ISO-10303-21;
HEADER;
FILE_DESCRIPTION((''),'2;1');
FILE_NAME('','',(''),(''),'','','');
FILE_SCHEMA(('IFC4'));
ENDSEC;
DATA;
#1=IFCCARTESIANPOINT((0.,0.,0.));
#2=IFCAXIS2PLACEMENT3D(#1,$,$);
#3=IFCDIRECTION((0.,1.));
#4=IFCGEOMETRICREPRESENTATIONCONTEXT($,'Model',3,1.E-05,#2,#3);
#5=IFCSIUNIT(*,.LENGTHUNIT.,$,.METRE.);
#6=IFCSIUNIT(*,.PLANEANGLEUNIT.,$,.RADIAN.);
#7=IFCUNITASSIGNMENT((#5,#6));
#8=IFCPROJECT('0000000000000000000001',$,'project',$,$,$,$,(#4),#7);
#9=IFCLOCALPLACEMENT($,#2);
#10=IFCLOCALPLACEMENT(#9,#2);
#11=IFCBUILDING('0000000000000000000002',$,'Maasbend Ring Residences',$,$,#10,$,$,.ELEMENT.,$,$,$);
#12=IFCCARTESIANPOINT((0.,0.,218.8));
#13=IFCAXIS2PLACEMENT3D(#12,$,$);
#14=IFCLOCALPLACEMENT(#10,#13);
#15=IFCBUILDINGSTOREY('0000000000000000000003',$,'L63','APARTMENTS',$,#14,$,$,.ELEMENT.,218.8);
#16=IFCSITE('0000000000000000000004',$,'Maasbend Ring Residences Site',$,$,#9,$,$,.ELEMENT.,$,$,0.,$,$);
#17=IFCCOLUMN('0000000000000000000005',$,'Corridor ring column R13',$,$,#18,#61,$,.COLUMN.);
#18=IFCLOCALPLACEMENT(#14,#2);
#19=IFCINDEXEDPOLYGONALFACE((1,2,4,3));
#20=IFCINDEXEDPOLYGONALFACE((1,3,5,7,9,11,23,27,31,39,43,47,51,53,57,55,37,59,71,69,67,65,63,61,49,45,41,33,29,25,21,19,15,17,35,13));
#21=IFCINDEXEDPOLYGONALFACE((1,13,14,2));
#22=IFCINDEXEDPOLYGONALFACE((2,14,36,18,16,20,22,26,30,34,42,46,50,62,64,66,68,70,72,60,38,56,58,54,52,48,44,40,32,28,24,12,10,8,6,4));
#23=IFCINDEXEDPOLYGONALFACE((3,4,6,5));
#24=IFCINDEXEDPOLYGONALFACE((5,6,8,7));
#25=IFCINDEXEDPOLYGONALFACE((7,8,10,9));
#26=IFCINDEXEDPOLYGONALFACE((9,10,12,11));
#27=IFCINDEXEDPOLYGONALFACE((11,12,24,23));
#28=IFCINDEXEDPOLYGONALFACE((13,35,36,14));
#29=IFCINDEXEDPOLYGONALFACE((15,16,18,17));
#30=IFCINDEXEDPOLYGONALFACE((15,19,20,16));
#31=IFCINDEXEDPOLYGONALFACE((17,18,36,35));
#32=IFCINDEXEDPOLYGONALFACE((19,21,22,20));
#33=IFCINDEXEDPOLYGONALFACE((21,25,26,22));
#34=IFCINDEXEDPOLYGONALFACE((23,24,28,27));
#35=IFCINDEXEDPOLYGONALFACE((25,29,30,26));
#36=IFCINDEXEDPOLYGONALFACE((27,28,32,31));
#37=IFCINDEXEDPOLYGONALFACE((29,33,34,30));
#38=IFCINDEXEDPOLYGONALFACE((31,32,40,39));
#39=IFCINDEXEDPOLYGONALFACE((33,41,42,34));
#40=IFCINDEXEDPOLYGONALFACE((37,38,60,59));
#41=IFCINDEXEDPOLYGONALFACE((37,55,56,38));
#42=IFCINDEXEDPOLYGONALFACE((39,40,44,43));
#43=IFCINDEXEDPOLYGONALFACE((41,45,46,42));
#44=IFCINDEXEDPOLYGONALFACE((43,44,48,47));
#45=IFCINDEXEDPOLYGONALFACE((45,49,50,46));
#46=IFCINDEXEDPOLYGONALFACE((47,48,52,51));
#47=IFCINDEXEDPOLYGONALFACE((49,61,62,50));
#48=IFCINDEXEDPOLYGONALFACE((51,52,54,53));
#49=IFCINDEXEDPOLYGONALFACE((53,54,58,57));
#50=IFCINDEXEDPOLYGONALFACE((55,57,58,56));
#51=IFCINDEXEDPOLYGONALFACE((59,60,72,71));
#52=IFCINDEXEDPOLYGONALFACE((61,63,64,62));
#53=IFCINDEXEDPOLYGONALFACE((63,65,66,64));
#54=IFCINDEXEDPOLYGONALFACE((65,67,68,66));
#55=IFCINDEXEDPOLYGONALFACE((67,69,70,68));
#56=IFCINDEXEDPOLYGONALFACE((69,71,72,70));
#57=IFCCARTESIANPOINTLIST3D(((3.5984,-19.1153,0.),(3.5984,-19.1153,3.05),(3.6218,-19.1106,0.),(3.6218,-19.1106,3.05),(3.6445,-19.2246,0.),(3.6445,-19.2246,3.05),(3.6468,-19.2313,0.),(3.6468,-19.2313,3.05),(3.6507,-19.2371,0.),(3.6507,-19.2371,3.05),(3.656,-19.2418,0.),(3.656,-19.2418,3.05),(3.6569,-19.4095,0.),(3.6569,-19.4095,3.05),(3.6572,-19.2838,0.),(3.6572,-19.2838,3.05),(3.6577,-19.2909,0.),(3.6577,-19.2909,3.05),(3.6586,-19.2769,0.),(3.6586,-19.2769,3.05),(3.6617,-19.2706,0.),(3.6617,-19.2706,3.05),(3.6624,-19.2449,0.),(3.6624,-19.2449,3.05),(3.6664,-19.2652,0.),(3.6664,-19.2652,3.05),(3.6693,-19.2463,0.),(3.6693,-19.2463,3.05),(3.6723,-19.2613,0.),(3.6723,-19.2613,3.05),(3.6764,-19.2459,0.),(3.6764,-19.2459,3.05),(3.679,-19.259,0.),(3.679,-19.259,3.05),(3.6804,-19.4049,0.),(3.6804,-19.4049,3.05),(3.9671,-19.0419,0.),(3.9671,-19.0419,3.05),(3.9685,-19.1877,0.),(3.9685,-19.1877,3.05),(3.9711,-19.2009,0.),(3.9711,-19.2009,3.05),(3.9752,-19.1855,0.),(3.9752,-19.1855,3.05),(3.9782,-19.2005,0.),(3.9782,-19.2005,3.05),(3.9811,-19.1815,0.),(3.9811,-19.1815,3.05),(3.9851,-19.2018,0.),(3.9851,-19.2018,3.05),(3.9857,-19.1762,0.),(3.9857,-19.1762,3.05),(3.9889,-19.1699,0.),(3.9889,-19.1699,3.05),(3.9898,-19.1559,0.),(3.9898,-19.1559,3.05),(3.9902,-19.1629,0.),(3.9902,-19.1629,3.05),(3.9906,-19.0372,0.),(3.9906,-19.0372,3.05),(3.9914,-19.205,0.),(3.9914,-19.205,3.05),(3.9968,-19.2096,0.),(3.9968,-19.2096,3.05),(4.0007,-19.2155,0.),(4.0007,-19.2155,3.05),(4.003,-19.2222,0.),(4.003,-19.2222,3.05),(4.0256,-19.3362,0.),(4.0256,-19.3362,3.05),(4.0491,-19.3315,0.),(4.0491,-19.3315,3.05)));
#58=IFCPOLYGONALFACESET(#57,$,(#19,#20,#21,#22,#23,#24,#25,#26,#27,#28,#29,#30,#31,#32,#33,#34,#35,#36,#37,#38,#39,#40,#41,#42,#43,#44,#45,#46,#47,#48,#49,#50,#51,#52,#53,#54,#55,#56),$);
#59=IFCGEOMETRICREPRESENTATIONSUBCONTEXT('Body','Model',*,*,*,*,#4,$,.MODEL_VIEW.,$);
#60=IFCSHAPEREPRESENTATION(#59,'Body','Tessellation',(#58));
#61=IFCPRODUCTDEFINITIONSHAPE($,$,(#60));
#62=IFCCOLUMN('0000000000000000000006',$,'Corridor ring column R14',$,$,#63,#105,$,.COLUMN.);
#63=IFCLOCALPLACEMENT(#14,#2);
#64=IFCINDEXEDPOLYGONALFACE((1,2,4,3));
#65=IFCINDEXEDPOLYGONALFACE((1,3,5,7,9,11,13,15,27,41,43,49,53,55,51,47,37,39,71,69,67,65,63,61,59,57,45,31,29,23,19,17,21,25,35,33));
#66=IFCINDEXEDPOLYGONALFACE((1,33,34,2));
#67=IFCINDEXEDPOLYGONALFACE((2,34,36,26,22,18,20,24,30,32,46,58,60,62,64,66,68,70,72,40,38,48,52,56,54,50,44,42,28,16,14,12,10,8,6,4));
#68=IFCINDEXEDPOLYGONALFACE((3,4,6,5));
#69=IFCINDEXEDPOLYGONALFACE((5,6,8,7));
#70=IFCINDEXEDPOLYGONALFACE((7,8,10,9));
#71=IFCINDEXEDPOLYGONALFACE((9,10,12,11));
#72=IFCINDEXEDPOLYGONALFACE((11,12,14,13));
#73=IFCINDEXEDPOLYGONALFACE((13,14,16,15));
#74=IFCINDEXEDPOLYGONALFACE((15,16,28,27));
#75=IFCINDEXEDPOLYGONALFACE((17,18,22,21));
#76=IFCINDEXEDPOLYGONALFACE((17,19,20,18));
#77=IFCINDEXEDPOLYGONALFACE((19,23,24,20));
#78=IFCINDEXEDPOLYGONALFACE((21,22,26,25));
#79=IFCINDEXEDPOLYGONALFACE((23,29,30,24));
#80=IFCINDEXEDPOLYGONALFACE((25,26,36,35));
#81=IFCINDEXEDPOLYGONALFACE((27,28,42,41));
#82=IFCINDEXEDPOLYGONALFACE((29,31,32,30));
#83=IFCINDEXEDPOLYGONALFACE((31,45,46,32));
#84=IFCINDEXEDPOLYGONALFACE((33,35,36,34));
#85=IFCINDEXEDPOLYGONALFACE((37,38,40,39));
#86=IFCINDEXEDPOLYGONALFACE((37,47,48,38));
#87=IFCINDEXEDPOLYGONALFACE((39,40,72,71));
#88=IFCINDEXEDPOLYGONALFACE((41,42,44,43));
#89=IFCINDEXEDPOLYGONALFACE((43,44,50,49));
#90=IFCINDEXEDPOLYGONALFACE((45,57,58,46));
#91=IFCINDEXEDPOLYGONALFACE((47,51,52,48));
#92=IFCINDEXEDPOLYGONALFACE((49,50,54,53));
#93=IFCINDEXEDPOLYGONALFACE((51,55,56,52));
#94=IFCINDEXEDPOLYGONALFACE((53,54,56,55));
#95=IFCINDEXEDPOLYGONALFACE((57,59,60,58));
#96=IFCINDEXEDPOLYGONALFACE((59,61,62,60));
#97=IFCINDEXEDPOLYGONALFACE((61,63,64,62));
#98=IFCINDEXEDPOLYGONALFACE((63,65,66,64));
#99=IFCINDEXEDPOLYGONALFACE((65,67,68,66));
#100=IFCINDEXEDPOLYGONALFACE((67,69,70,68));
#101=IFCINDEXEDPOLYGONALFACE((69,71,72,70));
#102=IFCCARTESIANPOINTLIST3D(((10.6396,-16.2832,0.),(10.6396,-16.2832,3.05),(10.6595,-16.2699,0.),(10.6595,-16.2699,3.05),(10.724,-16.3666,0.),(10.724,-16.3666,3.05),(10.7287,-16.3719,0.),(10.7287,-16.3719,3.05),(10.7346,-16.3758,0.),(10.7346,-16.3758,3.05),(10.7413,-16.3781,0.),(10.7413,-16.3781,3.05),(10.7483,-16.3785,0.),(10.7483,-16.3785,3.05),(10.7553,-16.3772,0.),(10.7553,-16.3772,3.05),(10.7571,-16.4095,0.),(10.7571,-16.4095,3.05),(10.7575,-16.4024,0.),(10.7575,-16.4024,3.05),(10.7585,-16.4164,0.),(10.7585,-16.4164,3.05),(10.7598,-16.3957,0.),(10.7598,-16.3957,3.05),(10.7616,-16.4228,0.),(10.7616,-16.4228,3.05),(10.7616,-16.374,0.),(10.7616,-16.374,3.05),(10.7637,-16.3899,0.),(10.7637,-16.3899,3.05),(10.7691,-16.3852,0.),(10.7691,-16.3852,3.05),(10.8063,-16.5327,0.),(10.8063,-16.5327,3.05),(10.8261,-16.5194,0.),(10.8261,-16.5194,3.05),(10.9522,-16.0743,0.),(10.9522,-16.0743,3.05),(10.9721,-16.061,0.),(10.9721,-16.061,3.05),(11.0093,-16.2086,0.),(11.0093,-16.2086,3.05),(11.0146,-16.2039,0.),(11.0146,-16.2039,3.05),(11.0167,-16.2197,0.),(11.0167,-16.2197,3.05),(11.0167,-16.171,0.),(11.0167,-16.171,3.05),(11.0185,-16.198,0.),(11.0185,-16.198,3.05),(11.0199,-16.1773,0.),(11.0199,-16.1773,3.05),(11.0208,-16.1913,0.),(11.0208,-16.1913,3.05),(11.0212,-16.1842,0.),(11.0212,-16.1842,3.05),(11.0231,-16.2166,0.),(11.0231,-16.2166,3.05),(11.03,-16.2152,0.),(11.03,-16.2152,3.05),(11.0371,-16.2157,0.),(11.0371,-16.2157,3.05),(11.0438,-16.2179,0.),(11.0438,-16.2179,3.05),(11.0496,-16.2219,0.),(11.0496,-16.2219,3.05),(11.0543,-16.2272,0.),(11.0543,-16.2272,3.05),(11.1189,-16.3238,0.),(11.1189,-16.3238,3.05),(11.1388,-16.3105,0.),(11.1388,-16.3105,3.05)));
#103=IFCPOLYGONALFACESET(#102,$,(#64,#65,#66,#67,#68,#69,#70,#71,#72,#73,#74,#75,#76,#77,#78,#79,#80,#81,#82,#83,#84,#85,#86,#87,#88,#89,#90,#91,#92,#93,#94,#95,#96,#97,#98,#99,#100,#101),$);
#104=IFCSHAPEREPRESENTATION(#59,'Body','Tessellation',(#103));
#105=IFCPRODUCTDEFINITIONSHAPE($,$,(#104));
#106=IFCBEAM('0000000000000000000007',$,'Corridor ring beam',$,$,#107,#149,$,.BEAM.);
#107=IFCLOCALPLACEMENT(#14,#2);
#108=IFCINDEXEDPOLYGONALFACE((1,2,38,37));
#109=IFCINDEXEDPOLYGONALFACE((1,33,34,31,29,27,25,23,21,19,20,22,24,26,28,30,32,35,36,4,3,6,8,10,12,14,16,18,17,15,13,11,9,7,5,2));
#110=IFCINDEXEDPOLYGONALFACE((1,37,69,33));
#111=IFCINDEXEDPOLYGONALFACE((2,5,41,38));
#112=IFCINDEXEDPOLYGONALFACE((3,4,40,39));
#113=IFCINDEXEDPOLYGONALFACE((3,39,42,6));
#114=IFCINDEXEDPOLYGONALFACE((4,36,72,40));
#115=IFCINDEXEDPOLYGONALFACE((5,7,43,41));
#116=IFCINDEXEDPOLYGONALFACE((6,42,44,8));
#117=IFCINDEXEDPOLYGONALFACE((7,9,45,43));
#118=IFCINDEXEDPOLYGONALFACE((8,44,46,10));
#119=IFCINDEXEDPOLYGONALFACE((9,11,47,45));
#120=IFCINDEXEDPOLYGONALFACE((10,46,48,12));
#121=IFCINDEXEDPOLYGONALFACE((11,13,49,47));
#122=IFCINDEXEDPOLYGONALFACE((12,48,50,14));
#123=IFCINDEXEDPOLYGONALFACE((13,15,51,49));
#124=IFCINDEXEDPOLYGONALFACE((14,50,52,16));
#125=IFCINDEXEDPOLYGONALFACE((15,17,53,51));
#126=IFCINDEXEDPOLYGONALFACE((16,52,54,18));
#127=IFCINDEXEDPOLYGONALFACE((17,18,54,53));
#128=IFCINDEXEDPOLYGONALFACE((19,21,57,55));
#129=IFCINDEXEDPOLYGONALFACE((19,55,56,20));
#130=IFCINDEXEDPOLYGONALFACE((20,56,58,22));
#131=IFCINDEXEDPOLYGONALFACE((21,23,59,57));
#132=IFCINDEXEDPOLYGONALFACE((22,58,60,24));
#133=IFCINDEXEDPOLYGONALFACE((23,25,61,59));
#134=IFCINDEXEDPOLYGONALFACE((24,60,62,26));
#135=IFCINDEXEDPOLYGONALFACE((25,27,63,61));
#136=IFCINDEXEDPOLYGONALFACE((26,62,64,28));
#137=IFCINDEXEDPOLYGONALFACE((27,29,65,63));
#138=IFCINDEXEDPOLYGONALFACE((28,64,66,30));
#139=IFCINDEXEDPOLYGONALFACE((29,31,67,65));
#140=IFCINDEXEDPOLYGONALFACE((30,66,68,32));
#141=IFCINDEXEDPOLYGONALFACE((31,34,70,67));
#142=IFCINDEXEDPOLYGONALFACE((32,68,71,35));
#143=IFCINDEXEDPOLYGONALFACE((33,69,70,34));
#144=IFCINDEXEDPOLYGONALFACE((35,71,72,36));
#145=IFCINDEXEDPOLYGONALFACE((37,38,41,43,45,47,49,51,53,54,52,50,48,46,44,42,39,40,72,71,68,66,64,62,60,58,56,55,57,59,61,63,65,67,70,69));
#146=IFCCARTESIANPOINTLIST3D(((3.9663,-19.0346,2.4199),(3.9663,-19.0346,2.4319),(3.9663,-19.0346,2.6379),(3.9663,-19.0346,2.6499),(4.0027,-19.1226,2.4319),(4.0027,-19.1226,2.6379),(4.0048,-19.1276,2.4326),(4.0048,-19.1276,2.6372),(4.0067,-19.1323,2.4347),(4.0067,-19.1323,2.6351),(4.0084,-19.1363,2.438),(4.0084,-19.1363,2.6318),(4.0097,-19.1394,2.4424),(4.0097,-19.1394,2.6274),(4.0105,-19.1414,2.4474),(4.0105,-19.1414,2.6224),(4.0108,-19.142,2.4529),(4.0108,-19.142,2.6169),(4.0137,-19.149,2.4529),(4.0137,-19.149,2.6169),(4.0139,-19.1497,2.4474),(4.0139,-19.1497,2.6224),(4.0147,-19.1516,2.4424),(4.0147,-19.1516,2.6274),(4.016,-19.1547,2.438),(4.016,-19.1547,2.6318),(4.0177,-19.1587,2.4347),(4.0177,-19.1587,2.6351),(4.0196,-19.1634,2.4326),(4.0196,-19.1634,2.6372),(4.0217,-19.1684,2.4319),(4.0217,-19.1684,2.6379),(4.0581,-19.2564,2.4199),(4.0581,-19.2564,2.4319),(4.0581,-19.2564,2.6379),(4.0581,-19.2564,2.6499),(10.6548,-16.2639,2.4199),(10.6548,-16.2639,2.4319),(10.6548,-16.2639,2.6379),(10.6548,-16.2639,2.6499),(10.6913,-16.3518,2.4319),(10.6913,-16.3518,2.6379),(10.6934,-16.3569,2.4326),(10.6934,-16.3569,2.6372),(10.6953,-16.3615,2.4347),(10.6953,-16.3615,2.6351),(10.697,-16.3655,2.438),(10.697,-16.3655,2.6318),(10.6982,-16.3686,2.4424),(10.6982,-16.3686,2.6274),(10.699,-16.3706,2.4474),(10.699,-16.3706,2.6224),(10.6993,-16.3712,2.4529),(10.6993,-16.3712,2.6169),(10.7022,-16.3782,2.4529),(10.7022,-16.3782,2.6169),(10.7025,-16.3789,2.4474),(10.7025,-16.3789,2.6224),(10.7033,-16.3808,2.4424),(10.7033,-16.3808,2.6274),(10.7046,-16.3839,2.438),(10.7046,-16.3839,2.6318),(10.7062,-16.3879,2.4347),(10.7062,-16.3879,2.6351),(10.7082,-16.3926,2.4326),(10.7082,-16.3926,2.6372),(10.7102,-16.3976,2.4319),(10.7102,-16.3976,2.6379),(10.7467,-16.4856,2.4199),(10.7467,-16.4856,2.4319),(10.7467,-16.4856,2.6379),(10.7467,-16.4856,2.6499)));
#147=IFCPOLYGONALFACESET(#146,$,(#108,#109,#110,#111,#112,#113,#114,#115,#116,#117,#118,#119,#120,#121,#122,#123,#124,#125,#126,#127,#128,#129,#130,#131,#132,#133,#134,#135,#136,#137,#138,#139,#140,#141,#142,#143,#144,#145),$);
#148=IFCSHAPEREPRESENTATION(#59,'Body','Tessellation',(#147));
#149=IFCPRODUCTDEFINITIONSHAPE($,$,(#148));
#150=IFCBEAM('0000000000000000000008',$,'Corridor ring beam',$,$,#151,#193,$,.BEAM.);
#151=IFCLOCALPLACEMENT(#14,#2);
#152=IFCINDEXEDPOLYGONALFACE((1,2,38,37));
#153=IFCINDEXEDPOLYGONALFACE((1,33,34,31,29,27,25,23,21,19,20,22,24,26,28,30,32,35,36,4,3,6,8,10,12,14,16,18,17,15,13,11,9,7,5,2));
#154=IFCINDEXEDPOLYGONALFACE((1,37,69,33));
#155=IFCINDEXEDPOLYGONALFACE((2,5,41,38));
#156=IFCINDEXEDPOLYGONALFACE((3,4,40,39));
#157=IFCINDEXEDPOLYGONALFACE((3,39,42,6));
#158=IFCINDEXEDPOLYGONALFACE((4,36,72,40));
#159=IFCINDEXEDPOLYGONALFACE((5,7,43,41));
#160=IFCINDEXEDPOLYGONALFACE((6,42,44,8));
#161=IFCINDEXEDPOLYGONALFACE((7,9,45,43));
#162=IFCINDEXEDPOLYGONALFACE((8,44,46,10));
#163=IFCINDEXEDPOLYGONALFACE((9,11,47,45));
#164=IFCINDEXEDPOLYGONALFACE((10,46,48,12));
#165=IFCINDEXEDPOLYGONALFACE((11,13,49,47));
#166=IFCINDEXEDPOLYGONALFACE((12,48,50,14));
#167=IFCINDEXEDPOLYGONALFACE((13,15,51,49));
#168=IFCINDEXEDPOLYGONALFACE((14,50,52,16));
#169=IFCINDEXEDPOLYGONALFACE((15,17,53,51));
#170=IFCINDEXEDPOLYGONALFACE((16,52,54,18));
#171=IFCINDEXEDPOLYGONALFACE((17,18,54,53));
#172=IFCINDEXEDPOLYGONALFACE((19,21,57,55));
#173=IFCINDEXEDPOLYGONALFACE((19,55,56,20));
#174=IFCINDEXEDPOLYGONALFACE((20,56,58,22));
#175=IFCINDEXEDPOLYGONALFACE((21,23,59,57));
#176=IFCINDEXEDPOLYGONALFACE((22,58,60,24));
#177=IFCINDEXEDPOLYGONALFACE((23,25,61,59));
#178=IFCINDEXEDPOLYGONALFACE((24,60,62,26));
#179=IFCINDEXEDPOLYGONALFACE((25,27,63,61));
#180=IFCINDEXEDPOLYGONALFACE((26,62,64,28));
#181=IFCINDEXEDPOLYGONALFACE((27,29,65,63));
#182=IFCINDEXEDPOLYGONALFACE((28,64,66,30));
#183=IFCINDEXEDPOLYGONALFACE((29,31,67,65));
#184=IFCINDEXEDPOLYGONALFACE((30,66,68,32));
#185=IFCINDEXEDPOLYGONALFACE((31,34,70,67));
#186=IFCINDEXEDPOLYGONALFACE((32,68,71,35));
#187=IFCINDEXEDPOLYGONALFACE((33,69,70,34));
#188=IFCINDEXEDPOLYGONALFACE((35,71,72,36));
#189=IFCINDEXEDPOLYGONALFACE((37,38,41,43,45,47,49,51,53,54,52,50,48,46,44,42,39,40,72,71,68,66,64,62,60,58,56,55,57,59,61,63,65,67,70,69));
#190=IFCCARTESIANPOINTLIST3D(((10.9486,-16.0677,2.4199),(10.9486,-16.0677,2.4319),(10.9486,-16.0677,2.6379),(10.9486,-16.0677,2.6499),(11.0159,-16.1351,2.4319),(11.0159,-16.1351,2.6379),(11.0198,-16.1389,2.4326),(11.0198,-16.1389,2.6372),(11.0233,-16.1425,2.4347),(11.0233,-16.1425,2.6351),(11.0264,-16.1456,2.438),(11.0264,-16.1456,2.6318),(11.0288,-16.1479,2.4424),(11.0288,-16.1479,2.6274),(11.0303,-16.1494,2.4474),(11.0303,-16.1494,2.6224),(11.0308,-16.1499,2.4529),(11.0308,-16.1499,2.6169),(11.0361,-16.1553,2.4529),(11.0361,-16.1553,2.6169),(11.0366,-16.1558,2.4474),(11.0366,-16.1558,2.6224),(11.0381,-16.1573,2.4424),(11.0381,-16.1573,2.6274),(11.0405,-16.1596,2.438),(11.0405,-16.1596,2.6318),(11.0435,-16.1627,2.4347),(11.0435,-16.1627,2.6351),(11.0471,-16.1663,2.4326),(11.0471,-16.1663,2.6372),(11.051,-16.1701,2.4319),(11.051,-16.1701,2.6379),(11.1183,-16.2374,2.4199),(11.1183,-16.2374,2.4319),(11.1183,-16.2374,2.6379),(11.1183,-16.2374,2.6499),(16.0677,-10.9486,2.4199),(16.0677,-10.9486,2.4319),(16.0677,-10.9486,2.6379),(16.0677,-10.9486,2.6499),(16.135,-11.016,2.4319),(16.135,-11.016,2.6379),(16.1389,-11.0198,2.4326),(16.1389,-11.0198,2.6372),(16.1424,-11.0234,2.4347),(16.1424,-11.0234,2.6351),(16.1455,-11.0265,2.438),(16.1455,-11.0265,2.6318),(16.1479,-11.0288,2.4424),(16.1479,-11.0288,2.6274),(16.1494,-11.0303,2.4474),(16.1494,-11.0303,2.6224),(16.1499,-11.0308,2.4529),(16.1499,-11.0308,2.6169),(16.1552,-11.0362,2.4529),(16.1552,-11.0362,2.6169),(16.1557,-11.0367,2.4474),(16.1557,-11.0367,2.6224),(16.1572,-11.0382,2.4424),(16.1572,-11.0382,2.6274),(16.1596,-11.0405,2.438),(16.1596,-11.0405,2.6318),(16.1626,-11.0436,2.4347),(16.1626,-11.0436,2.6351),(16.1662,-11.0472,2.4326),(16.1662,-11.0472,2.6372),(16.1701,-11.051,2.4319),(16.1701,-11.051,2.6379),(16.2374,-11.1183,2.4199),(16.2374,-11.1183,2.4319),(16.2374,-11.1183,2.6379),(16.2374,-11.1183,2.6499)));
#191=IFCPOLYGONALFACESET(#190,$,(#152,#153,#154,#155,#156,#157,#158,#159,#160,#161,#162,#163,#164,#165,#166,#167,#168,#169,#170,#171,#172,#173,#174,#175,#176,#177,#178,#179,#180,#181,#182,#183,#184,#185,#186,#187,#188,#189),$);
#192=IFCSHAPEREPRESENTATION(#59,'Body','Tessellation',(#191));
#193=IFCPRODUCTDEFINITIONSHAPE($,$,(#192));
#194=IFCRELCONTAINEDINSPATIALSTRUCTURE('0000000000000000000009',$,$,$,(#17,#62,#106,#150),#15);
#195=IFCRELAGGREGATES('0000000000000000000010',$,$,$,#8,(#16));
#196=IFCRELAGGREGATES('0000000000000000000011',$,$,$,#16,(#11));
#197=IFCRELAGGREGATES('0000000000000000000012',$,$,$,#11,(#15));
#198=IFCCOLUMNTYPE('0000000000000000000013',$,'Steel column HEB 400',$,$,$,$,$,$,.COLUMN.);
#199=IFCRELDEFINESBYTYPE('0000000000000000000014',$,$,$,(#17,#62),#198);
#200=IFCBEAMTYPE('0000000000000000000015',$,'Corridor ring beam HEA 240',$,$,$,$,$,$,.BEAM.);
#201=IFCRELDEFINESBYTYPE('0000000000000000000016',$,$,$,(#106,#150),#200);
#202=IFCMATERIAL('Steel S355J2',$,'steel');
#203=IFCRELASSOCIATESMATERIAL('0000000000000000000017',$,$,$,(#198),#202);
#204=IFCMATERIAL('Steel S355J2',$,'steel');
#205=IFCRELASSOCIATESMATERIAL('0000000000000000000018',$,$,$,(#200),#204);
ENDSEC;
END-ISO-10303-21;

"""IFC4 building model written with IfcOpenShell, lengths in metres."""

from ifc_helpers import new_model, si_unit, direction, frame, origin, origin_2d, place, context, subcontext, project, spatial, i_section, extrude, material, material_profile, profile_set, type_object, element, save


model = new_model("IFC4")

# Units and contexts
model_context = context("Model", 3, precision=1e-05, world=origin(), true_north=direction((0.0, 1.0)))
body_context = subcontext(model_context, "Body", "Model", "MODEL_VIEW")
ifc_project = project(units=[si_unit("LENGTHUNIT", "METRE"), si_unit("PLANEANGLEUNIT", "RADIAN")], contexts=[model_context])

# Site, building, storey
site_placement = place(None, origin())
site = spatial("IfcSite", under=ifc_project, at=site_placement, Name="Maasbend Ring Residences Site", CompositionType="ELEMENT", RefElevation=0.0)
building_placement = place(site_placement, origin())
building = spatial("IfcBuilding", under=site, at=building_placement, Name="Maasbend Ring Residences", CompositionType="ELEMENT")
storey_placement = place(building_placement, frame((0.0, 0.0, 218.8)))
storey = spatial("IfcBuildingStorey", under=building, at=storey_placement, Name="L63", Description="APARTMENTS", CompositionType="ELEMENT", Elevation=218.8)

# Columns
ifc_material_1 = material(Name="Steel S355J2", Category="steel")
ifc_material_profile_1 = material_profile(ifc_material_1, i_section(OverallWidth=0.3, OverallDepth=0.3999, WebThickness=0.0134, FlangeThickness=0.0239, FilletRadius=0.0271, at=origin_2d()), Name="HEB 400")
ifc_profile_set_1 = profile_set([ifc_material_profile_1], Name="Steel S355J2")
column_type = type_object("IfcColumnType", Name="Steel column HEB 400", PredefinedType="COLUMN", material=ifc_profile_set_1)
for number, where, z_axis, x_axis, name in (
    (1, (3.8237, -19.2234, 0.0), (0.0, 0.0, 1.0), (0.19509, -0.980785, 0.0), "Corridor ring column R13"),
    (2, (10.8892, -16.2969, 0.0), (0.0, 0.0, 1.0), (0.55557, -0.83147, 0.0), "Corridor ring column R14"),
):
    element("IfcColumn", number, at=place(storey_placement, frame(where, z_axis=z_axis, x_axis=x_axis)), inside=storey, type_object=column_type, Name=name, PredefinedType="COLUMN", context=body_context, shape_type="SweptSolid", body=[
        extrude(i_section(OverallWidth=0.3, OverallDepth=0.3999, WebThickness=0.0134, FlangeThickness=0.0239, FilletRadius=0.0271, at=origin_2d()), origin(), (0.0, 0.0, 1.0), 3.05),
    ])

# Beams
ifc_material_2 = material(Name="Steel S355J2", Category="steel")
ifc_material_profile_2 = material_profile(ifc_material_2, i_section(OverallWidth=0.24, OverallDepth=0.23, WebThickness=0.0076, FlangeThickness=0.012, FilletRadius=0.021, at=origin_2d()), Name="HEA 240")
ifc_profile_set_2 = profile_set([ifc_material_profile_2], Name="Steel S355J2")
beam_type = type_object("IfcBeamType", Name="Corridor ring beam HEA 240", PredefinedType="BEAM", material=ifc_profile_set_2)
beam_1_placement = place(storey_placement, frame((4.0122, -19.1455, 2.5349), z_axis=(0.923865, 0.382718, 0.0), x_axis=(-0.382718, 0.923865, 0.0)))
element("IfcBeam", 3, at=beam_1_placement, inside=storey, type_object=beam_type, Name="Corridor ring beam", PredefinedType="BEAM", context=body_context, shape_type="SweptSolid", body=[
    extrude(i_section(OverallWidth=0.24, OverallDepth=0.23, WebThickness=0.0076, FlangeThickness=0.012, FilletRadius=0.021, at=origin_2d()), origin(), (0.0, 0.0, 1.0), 7.2397),
])
beam_2_placement = place(storey_placement, frame((11.0334, -16.1526, 2.5349), z_axis=(0.707107, 0.707107, 0.0), x_axis=(-0.707107, 0.707107, 0.0)))
element("IfcBeam", 4, at=beam_2_placement, inside=storey, type_object=beam_type, Name="Corridor ring beam", PredefinedType="BEAM", context=body_context, shape_type="SweptSolid", body=[
    extrude(i_section(OverallWidth=0.24, OverallDepth=0.23, WebThickness=0.0076, FlangeThickness=0.012, FilletRadius=0.021, at=origin_2d()), origin(), (0.0, 0.0, 1.0), 7.2395),
])

save(model, "model.ifc")
